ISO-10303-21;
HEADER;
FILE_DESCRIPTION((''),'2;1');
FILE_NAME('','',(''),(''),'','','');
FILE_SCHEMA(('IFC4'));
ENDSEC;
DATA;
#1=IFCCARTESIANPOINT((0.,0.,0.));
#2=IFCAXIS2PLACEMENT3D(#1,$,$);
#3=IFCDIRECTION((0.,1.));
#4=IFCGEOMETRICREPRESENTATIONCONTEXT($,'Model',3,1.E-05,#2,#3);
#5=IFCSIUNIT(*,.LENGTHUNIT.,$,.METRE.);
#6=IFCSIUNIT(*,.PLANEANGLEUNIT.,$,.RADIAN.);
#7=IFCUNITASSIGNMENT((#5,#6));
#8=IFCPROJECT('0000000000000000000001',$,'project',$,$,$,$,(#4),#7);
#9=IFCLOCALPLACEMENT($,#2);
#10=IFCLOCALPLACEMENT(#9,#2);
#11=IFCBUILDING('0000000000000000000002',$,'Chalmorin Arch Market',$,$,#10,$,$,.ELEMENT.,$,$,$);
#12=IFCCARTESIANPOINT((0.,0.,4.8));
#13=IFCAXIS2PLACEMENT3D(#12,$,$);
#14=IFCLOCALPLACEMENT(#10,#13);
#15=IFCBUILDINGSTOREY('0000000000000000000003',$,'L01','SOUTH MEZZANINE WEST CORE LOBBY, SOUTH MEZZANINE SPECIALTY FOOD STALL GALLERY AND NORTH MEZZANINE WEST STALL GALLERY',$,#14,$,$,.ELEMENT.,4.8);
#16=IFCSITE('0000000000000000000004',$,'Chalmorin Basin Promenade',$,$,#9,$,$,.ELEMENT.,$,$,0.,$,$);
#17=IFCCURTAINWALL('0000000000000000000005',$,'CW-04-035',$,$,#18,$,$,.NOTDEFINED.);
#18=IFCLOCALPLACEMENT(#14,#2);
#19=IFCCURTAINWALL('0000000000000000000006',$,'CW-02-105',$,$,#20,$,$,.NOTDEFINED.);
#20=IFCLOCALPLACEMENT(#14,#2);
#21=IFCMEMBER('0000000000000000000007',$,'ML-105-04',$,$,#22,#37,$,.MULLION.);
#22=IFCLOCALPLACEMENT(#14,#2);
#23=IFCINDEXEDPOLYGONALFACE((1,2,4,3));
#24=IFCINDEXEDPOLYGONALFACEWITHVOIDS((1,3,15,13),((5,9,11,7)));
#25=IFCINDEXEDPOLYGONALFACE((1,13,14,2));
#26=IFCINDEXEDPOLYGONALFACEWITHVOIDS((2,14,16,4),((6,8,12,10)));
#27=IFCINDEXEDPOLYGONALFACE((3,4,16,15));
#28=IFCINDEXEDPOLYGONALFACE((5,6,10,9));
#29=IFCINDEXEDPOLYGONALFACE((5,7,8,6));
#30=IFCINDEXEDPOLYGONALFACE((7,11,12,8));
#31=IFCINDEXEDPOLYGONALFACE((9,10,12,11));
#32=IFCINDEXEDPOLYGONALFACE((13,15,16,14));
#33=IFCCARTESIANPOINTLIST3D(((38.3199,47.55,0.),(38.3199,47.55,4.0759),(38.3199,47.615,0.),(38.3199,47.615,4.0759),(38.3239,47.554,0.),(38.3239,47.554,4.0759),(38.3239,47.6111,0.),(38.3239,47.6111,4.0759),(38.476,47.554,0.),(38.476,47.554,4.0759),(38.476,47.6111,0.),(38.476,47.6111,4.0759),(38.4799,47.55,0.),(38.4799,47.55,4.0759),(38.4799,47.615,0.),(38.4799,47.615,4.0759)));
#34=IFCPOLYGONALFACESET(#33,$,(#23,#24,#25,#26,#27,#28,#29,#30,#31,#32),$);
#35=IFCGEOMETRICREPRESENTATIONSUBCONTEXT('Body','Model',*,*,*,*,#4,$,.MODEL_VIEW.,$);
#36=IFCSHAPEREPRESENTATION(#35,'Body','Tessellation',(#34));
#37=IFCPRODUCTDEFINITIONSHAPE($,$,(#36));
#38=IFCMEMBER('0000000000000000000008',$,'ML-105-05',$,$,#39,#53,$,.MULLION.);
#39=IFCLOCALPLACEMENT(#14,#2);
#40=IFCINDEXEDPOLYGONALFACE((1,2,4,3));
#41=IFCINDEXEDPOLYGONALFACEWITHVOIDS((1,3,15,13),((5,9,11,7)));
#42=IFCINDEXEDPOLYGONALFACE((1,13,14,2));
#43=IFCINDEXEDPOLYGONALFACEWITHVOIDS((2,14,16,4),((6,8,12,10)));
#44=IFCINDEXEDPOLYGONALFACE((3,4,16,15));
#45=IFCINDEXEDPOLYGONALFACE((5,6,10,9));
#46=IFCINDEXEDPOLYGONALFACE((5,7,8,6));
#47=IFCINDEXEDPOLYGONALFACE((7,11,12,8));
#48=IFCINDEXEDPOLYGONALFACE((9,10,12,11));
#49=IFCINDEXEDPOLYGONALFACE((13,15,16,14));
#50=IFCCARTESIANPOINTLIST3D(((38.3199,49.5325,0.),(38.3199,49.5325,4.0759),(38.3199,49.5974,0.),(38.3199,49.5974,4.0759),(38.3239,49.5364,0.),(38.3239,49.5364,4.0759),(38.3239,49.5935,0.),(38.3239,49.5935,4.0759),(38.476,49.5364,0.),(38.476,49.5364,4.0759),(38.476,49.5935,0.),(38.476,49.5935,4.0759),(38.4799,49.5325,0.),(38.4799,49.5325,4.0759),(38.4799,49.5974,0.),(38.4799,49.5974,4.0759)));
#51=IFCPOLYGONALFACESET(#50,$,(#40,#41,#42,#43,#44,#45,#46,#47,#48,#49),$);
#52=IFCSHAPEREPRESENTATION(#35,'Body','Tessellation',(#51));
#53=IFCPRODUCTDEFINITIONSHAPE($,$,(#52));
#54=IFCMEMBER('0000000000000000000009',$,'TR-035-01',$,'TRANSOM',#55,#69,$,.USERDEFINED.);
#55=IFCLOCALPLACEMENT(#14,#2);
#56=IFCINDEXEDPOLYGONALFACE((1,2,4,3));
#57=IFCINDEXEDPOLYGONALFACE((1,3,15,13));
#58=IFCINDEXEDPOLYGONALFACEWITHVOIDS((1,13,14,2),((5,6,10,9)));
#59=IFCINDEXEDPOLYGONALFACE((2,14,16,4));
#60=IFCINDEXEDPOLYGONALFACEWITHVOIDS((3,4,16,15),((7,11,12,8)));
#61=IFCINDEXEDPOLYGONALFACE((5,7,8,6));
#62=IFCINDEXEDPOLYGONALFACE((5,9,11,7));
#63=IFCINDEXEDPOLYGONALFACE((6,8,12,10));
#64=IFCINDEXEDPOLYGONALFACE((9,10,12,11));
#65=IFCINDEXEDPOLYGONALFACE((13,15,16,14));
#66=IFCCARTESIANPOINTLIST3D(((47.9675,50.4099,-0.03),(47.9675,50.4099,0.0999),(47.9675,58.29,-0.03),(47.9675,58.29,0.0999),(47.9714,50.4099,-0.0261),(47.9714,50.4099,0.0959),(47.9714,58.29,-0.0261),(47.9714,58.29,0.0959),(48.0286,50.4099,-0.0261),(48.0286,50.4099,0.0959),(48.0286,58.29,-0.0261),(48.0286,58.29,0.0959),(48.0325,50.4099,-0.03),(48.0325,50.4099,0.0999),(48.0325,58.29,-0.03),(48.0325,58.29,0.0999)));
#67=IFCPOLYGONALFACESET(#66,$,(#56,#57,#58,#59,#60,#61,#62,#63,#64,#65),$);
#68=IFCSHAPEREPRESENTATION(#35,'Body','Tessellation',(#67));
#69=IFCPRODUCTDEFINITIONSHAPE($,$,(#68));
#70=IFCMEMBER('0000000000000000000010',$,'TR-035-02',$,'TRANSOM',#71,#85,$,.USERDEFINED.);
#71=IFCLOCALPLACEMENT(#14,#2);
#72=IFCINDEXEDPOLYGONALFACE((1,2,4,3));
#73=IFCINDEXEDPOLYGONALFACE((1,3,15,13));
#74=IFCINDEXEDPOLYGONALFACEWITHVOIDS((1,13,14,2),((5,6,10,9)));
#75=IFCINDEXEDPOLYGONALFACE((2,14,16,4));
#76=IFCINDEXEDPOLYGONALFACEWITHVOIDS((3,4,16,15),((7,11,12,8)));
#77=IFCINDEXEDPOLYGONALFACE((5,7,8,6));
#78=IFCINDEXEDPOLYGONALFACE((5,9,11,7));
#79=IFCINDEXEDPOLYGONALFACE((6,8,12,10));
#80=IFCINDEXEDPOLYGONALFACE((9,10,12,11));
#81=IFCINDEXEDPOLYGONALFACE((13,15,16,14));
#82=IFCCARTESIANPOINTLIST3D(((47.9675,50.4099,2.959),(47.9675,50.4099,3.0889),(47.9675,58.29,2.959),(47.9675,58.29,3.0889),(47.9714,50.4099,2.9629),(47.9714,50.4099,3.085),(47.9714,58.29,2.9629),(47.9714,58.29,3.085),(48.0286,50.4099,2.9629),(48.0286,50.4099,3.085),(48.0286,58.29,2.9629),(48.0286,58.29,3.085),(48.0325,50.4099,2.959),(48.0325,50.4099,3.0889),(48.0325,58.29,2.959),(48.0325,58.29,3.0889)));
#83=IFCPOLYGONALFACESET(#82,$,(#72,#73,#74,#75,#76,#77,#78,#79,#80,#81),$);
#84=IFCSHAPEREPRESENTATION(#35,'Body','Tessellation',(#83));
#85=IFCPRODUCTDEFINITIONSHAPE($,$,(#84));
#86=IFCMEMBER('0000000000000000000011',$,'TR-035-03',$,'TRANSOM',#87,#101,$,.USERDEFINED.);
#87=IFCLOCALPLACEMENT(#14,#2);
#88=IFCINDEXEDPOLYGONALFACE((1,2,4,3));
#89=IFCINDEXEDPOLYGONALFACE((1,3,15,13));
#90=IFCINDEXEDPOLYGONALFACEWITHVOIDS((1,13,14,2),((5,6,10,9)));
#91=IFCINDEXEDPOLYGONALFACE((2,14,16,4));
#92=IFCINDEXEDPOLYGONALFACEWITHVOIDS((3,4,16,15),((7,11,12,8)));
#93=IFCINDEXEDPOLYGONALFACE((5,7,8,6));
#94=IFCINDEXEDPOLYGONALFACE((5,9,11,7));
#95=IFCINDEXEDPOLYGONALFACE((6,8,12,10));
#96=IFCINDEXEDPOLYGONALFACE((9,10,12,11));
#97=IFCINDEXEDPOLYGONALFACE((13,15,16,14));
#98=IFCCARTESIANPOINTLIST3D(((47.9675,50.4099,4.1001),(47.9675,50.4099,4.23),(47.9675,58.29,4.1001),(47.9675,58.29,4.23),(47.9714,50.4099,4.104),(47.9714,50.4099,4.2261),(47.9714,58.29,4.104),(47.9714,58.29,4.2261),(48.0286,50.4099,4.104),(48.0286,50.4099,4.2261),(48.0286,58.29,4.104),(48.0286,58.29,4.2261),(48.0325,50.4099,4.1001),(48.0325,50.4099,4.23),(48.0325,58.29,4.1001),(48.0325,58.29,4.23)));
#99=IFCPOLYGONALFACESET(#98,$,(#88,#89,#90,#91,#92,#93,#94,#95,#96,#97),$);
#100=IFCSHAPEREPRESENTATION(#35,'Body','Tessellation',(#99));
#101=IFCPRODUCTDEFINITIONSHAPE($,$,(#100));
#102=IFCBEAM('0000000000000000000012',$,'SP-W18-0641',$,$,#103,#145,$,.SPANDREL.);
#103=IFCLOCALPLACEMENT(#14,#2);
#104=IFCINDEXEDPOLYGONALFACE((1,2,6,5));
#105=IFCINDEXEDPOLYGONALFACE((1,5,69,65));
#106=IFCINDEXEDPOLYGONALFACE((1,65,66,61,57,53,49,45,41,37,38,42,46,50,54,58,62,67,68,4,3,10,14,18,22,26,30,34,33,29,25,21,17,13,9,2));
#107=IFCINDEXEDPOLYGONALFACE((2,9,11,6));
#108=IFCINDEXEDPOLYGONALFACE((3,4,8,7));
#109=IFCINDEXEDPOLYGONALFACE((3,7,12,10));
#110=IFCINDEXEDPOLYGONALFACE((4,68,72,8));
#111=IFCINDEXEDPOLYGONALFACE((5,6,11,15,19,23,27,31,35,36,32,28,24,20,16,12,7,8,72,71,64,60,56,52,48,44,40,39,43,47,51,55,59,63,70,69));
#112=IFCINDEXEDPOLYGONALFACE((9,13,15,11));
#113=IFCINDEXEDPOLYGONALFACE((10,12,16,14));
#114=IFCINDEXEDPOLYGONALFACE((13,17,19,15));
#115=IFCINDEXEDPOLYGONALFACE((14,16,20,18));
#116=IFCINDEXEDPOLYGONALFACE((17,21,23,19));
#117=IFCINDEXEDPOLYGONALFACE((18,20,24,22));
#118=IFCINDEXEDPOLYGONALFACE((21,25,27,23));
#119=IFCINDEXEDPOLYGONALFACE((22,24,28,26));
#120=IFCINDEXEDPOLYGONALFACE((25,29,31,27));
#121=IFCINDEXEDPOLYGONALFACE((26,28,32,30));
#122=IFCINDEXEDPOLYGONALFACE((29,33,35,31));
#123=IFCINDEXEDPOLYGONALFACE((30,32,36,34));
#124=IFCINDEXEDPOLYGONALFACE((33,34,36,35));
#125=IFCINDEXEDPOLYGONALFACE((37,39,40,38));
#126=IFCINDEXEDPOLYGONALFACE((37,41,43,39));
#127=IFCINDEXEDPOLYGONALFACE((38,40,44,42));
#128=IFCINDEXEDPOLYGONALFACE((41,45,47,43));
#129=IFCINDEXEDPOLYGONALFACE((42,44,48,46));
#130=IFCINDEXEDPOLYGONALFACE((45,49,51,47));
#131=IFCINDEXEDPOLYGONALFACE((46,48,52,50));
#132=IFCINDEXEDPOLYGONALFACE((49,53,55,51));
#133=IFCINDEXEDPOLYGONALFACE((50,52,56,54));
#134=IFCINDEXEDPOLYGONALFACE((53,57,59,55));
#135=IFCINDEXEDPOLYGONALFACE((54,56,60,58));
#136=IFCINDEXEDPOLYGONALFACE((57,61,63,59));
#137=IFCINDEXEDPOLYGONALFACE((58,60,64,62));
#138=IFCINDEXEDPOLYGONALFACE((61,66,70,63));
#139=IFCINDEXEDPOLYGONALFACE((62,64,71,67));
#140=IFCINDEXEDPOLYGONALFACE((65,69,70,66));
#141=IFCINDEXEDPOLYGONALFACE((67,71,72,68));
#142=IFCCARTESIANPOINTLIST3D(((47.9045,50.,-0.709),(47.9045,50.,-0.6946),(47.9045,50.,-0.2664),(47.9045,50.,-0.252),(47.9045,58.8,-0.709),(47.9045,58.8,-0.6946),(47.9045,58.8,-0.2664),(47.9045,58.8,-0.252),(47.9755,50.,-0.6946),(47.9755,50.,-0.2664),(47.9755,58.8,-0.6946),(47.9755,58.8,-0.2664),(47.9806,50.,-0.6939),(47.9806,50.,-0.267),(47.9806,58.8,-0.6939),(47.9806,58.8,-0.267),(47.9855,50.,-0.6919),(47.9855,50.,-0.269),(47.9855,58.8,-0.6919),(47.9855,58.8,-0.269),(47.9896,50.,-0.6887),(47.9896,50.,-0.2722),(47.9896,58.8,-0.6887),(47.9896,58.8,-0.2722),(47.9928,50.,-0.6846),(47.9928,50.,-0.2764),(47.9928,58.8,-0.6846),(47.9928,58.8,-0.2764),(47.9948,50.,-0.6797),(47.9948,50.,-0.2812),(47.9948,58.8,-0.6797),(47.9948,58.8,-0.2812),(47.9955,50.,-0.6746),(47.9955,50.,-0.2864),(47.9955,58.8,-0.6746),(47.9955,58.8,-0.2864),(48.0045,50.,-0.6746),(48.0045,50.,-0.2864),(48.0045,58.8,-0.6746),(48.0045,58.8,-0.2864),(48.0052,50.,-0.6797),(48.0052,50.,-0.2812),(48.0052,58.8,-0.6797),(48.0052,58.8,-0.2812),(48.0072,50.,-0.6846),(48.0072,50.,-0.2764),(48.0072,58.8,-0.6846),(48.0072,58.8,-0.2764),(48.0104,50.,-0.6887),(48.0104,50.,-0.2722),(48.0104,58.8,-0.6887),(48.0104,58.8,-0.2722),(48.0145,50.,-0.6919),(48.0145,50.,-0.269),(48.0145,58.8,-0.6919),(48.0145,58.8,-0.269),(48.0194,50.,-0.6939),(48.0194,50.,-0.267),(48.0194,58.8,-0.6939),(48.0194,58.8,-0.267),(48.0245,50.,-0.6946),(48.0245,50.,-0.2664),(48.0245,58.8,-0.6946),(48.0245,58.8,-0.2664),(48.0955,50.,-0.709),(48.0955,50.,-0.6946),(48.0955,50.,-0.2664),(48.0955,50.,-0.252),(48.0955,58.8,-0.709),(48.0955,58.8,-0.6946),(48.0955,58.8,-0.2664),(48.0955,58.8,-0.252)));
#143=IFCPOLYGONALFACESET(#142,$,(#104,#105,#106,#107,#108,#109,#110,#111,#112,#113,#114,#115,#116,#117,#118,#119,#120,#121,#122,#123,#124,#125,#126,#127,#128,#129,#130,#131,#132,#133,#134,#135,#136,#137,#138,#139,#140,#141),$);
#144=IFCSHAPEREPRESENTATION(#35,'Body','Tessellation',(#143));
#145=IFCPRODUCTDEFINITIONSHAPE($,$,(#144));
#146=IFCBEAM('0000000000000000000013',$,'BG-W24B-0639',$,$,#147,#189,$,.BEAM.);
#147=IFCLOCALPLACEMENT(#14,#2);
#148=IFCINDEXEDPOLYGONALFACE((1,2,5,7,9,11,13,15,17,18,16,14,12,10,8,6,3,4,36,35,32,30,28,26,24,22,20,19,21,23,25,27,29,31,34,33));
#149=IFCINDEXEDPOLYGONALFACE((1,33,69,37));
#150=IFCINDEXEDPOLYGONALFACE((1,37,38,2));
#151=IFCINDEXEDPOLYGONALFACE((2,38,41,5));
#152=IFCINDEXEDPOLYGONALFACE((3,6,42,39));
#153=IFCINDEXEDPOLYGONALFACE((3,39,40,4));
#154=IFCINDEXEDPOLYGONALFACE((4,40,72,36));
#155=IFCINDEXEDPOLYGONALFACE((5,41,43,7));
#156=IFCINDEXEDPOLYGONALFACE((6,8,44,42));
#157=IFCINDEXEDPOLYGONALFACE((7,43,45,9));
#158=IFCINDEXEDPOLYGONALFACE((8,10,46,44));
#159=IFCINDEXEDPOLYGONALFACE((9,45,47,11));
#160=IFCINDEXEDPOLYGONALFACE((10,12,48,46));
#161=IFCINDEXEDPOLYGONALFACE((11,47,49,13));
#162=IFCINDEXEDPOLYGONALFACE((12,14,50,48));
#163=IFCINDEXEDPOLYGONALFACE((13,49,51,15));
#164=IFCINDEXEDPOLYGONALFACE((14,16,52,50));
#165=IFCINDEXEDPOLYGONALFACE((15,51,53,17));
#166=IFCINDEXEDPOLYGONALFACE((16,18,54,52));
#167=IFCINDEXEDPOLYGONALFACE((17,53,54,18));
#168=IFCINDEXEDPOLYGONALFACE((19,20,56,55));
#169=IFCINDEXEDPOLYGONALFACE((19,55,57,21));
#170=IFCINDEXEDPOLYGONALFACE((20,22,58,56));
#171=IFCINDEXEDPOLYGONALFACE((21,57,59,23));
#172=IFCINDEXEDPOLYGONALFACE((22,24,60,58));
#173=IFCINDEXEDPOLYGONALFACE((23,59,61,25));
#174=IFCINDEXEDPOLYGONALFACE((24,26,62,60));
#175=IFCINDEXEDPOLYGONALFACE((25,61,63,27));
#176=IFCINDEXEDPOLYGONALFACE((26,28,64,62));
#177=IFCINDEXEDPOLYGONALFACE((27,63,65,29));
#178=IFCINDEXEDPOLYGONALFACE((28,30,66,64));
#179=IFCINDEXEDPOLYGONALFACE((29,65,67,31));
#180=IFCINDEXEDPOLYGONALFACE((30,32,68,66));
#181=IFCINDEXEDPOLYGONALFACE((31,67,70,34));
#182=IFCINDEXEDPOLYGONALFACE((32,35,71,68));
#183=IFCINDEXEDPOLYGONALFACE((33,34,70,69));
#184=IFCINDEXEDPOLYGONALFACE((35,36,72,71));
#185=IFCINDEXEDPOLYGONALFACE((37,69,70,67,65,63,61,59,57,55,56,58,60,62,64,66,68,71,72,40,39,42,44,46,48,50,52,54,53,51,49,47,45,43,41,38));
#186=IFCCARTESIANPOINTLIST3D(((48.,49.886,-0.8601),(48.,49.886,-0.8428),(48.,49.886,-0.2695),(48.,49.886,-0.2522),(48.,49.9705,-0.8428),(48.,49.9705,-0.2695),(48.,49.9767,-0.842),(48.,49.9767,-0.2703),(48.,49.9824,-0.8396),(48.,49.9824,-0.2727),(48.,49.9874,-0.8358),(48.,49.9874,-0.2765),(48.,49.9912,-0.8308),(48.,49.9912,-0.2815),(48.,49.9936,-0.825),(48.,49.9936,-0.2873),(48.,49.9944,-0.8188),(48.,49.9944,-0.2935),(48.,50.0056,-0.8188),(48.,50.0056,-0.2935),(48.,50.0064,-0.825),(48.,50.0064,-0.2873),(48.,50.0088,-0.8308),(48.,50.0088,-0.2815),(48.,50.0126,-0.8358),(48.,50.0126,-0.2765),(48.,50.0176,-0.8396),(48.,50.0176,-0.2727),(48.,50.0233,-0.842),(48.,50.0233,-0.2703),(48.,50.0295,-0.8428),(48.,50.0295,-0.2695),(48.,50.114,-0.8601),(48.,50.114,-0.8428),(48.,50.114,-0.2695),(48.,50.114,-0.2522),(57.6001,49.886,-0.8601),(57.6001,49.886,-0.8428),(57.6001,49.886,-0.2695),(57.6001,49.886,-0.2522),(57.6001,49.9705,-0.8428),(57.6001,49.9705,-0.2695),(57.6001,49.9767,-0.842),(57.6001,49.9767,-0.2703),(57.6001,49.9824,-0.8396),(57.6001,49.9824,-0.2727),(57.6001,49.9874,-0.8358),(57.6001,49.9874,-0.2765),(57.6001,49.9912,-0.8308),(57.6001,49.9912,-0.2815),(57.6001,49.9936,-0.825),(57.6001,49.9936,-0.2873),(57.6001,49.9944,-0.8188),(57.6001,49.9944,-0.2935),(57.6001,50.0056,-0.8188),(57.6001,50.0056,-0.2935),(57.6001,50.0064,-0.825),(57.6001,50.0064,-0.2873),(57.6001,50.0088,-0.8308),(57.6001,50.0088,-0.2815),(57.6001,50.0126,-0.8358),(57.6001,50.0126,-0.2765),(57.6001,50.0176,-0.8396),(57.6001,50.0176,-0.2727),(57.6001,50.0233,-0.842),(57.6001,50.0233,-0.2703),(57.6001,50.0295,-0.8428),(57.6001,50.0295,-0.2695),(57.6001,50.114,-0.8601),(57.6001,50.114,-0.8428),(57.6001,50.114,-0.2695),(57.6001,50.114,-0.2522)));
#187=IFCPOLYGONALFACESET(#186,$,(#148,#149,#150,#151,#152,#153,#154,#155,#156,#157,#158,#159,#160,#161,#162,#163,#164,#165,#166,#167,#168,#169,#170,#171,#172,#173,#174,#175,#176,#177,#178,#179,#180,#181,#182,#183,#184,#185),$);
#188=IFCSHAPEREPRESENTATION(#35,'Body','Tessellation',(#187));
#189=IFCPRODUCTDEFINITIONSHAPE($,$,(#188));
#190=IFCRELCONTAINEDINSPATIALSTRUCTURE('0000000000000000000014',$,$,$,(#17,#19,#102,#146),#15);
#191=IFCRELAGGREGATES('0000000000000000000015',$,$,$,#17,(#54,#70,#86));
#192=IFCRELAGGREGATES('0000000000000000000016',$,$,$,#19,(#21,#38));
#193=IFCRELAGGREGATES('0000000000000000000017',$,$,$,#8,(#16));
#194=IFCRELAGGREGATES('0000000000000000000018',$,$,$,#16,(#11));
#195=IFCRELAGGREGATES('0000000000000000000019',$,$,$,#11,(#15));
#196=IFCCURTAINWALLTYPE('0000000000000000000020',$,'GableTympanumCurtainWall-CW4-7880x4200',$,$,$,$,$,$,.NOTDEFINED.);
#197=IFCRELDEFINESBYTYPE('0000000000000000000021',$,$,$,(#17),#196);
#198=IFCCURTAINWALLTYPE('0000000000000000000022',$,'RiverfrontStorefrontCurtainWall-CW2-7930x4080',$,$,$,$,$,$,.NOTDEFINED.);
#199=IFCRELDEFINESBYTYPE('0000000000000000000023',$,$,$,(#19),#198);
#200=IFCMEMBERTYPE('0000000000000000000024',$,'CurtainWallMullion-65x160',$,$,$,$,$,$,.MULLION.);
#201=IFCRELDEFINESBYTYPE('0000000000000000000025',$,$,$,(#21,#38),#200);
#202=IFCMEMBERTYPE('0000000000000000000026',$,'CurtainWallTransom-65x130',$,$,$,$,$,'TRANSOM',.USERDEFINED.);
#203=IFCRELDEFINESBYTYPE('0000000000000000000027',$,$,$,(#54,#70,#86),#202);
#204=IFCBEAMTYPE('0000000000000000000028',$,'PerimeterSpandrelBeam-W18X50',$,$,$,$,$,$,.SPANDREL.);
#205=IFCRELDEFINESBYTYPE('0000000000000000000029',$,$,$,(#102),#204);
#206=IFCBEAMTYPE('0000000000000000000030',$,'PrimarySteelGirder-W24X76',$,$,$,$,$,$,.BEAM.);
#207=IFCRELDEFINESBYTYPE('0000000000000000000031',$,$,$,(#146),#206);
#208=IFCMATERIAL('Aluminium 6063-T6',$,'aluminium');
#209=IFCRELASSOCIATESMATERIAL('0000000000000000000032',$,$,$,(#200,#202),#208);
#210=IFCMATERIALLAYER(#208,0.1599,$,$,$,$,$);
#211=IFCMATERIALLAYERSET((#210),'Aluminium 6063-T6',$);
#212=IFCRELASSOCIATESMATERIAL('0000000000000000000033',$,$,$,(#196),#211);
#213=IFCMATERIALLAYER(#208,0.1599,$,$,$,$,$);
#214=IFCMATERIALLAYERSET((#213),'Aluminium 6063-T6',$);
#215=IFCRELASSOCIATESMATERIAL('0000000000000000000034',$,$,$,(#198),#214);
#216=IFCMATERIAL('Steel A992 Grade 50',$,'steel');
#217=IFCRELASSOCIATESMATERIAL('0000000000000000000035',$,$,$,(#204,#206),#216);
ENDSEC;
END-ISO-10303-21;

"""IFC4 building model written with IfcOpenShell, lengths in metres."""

from ifc_helpers import new_model, si_unit, direction, frame, origin, origin_2d, place, context, subcontext, project, spatial, hollow_rectangle, i_section, extrude, material, layer, layer_set, material_profile, profile_set, type_object, element, aggregate, save


model = new_model("IFC4")

# Units and contexts
model_context = context("Model", 3, precision=1e-05, world=origin(), true_north=direction((0.0, 1.0)))
body_context = subcontext(model_context, "Body", "Model", "MODEL_VIEW")
ifc_project = project(units=[si_unit("LENGTHUNIT", "METRE"), si_unit("PLANEANGLEUNIT", "RADIAN")], contexts=[model_context])

# Site, building, storey
site_placement = place(None, origin())
site = spatial("IfcSite", under=ifc_project, at=site_placement, Name="Chalmorin Basin Promenade", CompositionType="ELEMENT", RefElevation=0.0)
building_placement = place(site_placement, origin())
building = spatial("IfcBuilding", under=site, at=building_placement, Name="Chalmorin Arch Market", CompositionType="ELEMENT")
storey_placement = place(building_placement, frame((0.0, 0.0, 4.8)))
storey = spatial("IfcBuildingStorey", under=building, at=storey_placement, Name="L01", Description="SOUTH MEZZANINE WEST CORE LOBBY, SOUTH MEZZANINE SPECIALTY FOOD STALL GALLERY AND NORTH MEZZANINE WEST STALL GALLERY", CompositionType="ELEMENT", Elevation=4.8)

# Curtain walls, members
ifc_material_1 = material(Name="Aluminium 6063-T6", Category="aluminium")
ifc_material_profile_1 = material_profile(ifc_material_1, hollow_rectangle(XDim=0.0649, YDim=0.1599, WallThickness=0.0039, at=origin_2d()), Name="ALU65X160X4")
ifc_profile_set_1 = profile_set([ifc_material_profile_1], Name="Aluminium 6063-T6")
member_type_1 = type_object("IfcMemberType", Name="CurtainWallMullion-65x160", PredefinedType="MULLION", material=ifc_profile_set_1)
ifc_layer_1 = layer(ifc_material_1, 0.1599)
ifc_layer_set_1 = layer_set([ifc_layer_1], Name="Aluminium 6063-T6")
curtain_wall_type_1 = type_object("IfcCurtainWallType", Name="GableTympanumCurtainWall-CW4-7880x4200", PredefinedType="NOTDEFINED", material=ifc_layer_set_1)
curtain_wall_1_placement = place(storey_placement, origin())
curtain_wall_1 = element("IfcCurtainWall", 1, at=curtain_wall_1_placement, inside=storey, type_object=curtain_wall_type_1, Name="CW-04-035", PredefinedType="NOTDEFINED")
ifc_layer_2 = layer(ifc_material_1, 0.1599)
ifc_layer_set_2 = layer_set([ifc_layer_2], Name="Aluminium 6063-T6")
curtain_wall_type_2 = type_object("IfcCurtainWallType", Name="RiverfrontStorefrontCurtainWall-CW2-7930x4080", PredefinedType="NOTDEFINED", material=ifc_layer_set_2)
curtain_wall_2_placement = place(storey_placement, origin())
curtain_wall_2 = element("IfcCurtainWall", 2, at=curtain_wall_2_placement, inside=storey, type_object=curtain_wall_type_2, Name="CW-02-105", PredefinedType="NOTDEFINED")
member_1_placement = place(storey_placement, frame((38.3999, 47.5825, 0.0), z_axis=(0.0, 0.0, 1.0), x_axis=(0.0, 1.0, 0.0)))
member_1 = element("IfcMember", 3, at=member_1_placement, type_object=member_type_1, Name="ML-105-04", PredefinedType="MULLION", context=body_context, shape_type="SweptSolid", body=[
    extrude(hollow_rectangle(XDim=0.0649, YDim=0.1599, WallThickness=0.0039, at=origin_2d()), origin(), (0.0, 0.0, 1.0), 4.0759),
])
member_2_placement = place(storey_placement, frame((38.3999, 49.5649, 0.0), z_axis=(0.0, 0.0, 1.0), x_axis=(0.0, 1.0, 0.0)))
member_2 = element("IfcMember", 4, at=member_2_placement, type_object=member_type_1, Name="ML-105-05", PredefinedType="MULLION", context=body_context, shape_type="SweptSolid", body=[
    extrude(hollow_rectangle(XDim=0.0649, YDim=0.1599, WallThickness=0.0039, at=origin_2d()), origin(), (0.0, 0.0, 1.0), 4.0759),
])

# Members
ifc_material_profile_2 = material_profile(ifc_material_1, hollow_rectangle(XDim=0.0649, YDim=0.1299, WallThickness=0.0039, at=origin_2d()), Name="ALU65X130X4")
ifc_profile_set_2 = profile_set([ifc_material_profile_2], Name="Aluminium 6063-T6")
member_type_2 = type_object("IfcMemberType", Name="CurtainWallTransom-65x130", ElementType="TRANSOM", PredefinedType="USERDEFINED", material=ifc_profile_set_2)
member_3_placement = place(storey_placement, frame((48.0, 50.4099, 0.0349), z_axis=(0.0, 1.0, 0.0), x_axis=(-1.0, 0.0, 0.0)))
member_3 = element("IfcMember", 5, at=member_3_placement, type_object=member_type_2, Name="TR-035-01", ObjectType="TRANSOM", PredefinedType="USERDEFINED", context=body_context, shape_type="SweptSolid", body=[
    extrude(hollow_rectangle(XDim=0.0649, YDim=0.1299, WallThickness=0.0039, at=origin_2d()), origin(), (0.0, 0.0, 1.0), 7.8801),
])
member_4_placement = place(storey_placement, frame((48.0, 50.4099, 3.0239), z_axis=(0.0, 1.0, 0.0), x_axis=(-1.0, 0.0, 0.0)))
member_4 = element("IfcMember", 6, at=member_4_placement, type_object=member_type_2, Name="TR-035-02", ObjectType="TRANSOM", PredefinedType="USERDEFINED", context=body_context, shape_type="SweptSolid", body=[
    extrude(hollow_rectangle(XDim=0.0649, YDim=0.1299, WallThickness=0.0039, at=origin_2d()), origin(), (0.0, 0.0, 1.0), 7.8801),
])
member_5_placement = place(storey_placement, frame((48.0, 50.4099, 4.165), z_axis=(0.0, 1.0, 0.0), x_axis=(-1.0, 0.0, 0.0)))
member_5 = element("IfcMember", 7, at=member_5_placement, type_object=member_type_2, Name="TR-035-03", ObjectType="TRANSOM", PredefinedType="USERDEFINED", context=body_context, shape_type="SweptSolid", body=[
    extrude(hollow_rectangle(XDim=0.0649, YDim=0.1299, WallThickness=0.0039, at=origin_2d()), origin(), (0.0, 0.0, 1.0), 7.8801),
])

# Beams
ifc_material_2 = material(Name="Steel A992 Grade 50", Category="steel")
ifc_material_profile_3 = material_profile(ifc_material_2, i_section(OverallWidth=0.1909, OverallDepth=0.457, WebThickness=0.009, FlangeThickness=0.0144, FilletRadius=0.02, at=origin_2d()), Name="W18X50")
ifc_profile_set_3 = profile_set([ifc_material_profile_3], Name="Steel A992 Grade 50")
beam_type_1 = type_object("IfcBeamType", Name="PerimeterSpandrelBeam-W18X50", PredefinedType="SPANDREL", material=ifc_profile_set_3)
beam_1_placement = place(storey_placement, frame((48.0, 50.0, -0.4805), z_axis=(0.0, 1.0, 0.0), x_axis=(-1.0, 0.0, 0.0)))
element("IfcBeam", 8, at=beam_1_placement, inside=storey, type_object=beam_type_1, Name="SP-W18-0641", PredefinedType="SPANDREL", context=body_context, shape_type="SweptSolid", body=[
    extrude(i_section(OverallWidth=0.1909, OverallDepth=0.457, WebThickness=0.009, FlangeThickness=0.0144, FilletRadius=0.02, at=origin_2d()), origin(), (0.0, 0.0, 1.0), 8.8),
])
ifc_material_profile_4 = material_profile(ifc_material_2, i_section(OverallWidth=0.228, OverallDepth=0.6079, WebThickness=0.0112, FlangeThickness=0.0173, FilletRadius=0.0239, at=origin_2d()), Name="W24X76")
ifc_profile_set_4 = profile_set([ifc_material_profile_4], Name="Steel A992 Grade 50")
beam_type_2 = type_object("IfcBeamType", Name="PrimarySteelGirder-W24X76", PredefinedType="BEAM", material=ifc_profile_set_4)
beam_2_placement = place(storey_placement, frame((48.0, 50.0, -0.5562), z_axis=(1.0, 0.0, 0.0), x_axis=(0.0, 1.0, 0.0)))
element("IfcBeam", 9, at=beam_2_placement, inside=storey, type_object=beam_type_2, Name="BG-W24B-0639", PredefinedType="BEAM", context=body_context, shape_type="SweptSolid", body=[
    extrude(i_section(OverallWidth=0.228, OverallDepth=0.6079, WebThickness=0.0112, FlangeThickness=0.0173, FilletRadius=0.0239, at=origin_2d()), origin(), (0.0, 0.0, 1.0), 9.6001),
])

aggregate(curtain_wall_1, [member_3, member_4, member_5])
aggregate(curtain_wall_2, [member_1, member_2])

save(model, "model.ifc")
